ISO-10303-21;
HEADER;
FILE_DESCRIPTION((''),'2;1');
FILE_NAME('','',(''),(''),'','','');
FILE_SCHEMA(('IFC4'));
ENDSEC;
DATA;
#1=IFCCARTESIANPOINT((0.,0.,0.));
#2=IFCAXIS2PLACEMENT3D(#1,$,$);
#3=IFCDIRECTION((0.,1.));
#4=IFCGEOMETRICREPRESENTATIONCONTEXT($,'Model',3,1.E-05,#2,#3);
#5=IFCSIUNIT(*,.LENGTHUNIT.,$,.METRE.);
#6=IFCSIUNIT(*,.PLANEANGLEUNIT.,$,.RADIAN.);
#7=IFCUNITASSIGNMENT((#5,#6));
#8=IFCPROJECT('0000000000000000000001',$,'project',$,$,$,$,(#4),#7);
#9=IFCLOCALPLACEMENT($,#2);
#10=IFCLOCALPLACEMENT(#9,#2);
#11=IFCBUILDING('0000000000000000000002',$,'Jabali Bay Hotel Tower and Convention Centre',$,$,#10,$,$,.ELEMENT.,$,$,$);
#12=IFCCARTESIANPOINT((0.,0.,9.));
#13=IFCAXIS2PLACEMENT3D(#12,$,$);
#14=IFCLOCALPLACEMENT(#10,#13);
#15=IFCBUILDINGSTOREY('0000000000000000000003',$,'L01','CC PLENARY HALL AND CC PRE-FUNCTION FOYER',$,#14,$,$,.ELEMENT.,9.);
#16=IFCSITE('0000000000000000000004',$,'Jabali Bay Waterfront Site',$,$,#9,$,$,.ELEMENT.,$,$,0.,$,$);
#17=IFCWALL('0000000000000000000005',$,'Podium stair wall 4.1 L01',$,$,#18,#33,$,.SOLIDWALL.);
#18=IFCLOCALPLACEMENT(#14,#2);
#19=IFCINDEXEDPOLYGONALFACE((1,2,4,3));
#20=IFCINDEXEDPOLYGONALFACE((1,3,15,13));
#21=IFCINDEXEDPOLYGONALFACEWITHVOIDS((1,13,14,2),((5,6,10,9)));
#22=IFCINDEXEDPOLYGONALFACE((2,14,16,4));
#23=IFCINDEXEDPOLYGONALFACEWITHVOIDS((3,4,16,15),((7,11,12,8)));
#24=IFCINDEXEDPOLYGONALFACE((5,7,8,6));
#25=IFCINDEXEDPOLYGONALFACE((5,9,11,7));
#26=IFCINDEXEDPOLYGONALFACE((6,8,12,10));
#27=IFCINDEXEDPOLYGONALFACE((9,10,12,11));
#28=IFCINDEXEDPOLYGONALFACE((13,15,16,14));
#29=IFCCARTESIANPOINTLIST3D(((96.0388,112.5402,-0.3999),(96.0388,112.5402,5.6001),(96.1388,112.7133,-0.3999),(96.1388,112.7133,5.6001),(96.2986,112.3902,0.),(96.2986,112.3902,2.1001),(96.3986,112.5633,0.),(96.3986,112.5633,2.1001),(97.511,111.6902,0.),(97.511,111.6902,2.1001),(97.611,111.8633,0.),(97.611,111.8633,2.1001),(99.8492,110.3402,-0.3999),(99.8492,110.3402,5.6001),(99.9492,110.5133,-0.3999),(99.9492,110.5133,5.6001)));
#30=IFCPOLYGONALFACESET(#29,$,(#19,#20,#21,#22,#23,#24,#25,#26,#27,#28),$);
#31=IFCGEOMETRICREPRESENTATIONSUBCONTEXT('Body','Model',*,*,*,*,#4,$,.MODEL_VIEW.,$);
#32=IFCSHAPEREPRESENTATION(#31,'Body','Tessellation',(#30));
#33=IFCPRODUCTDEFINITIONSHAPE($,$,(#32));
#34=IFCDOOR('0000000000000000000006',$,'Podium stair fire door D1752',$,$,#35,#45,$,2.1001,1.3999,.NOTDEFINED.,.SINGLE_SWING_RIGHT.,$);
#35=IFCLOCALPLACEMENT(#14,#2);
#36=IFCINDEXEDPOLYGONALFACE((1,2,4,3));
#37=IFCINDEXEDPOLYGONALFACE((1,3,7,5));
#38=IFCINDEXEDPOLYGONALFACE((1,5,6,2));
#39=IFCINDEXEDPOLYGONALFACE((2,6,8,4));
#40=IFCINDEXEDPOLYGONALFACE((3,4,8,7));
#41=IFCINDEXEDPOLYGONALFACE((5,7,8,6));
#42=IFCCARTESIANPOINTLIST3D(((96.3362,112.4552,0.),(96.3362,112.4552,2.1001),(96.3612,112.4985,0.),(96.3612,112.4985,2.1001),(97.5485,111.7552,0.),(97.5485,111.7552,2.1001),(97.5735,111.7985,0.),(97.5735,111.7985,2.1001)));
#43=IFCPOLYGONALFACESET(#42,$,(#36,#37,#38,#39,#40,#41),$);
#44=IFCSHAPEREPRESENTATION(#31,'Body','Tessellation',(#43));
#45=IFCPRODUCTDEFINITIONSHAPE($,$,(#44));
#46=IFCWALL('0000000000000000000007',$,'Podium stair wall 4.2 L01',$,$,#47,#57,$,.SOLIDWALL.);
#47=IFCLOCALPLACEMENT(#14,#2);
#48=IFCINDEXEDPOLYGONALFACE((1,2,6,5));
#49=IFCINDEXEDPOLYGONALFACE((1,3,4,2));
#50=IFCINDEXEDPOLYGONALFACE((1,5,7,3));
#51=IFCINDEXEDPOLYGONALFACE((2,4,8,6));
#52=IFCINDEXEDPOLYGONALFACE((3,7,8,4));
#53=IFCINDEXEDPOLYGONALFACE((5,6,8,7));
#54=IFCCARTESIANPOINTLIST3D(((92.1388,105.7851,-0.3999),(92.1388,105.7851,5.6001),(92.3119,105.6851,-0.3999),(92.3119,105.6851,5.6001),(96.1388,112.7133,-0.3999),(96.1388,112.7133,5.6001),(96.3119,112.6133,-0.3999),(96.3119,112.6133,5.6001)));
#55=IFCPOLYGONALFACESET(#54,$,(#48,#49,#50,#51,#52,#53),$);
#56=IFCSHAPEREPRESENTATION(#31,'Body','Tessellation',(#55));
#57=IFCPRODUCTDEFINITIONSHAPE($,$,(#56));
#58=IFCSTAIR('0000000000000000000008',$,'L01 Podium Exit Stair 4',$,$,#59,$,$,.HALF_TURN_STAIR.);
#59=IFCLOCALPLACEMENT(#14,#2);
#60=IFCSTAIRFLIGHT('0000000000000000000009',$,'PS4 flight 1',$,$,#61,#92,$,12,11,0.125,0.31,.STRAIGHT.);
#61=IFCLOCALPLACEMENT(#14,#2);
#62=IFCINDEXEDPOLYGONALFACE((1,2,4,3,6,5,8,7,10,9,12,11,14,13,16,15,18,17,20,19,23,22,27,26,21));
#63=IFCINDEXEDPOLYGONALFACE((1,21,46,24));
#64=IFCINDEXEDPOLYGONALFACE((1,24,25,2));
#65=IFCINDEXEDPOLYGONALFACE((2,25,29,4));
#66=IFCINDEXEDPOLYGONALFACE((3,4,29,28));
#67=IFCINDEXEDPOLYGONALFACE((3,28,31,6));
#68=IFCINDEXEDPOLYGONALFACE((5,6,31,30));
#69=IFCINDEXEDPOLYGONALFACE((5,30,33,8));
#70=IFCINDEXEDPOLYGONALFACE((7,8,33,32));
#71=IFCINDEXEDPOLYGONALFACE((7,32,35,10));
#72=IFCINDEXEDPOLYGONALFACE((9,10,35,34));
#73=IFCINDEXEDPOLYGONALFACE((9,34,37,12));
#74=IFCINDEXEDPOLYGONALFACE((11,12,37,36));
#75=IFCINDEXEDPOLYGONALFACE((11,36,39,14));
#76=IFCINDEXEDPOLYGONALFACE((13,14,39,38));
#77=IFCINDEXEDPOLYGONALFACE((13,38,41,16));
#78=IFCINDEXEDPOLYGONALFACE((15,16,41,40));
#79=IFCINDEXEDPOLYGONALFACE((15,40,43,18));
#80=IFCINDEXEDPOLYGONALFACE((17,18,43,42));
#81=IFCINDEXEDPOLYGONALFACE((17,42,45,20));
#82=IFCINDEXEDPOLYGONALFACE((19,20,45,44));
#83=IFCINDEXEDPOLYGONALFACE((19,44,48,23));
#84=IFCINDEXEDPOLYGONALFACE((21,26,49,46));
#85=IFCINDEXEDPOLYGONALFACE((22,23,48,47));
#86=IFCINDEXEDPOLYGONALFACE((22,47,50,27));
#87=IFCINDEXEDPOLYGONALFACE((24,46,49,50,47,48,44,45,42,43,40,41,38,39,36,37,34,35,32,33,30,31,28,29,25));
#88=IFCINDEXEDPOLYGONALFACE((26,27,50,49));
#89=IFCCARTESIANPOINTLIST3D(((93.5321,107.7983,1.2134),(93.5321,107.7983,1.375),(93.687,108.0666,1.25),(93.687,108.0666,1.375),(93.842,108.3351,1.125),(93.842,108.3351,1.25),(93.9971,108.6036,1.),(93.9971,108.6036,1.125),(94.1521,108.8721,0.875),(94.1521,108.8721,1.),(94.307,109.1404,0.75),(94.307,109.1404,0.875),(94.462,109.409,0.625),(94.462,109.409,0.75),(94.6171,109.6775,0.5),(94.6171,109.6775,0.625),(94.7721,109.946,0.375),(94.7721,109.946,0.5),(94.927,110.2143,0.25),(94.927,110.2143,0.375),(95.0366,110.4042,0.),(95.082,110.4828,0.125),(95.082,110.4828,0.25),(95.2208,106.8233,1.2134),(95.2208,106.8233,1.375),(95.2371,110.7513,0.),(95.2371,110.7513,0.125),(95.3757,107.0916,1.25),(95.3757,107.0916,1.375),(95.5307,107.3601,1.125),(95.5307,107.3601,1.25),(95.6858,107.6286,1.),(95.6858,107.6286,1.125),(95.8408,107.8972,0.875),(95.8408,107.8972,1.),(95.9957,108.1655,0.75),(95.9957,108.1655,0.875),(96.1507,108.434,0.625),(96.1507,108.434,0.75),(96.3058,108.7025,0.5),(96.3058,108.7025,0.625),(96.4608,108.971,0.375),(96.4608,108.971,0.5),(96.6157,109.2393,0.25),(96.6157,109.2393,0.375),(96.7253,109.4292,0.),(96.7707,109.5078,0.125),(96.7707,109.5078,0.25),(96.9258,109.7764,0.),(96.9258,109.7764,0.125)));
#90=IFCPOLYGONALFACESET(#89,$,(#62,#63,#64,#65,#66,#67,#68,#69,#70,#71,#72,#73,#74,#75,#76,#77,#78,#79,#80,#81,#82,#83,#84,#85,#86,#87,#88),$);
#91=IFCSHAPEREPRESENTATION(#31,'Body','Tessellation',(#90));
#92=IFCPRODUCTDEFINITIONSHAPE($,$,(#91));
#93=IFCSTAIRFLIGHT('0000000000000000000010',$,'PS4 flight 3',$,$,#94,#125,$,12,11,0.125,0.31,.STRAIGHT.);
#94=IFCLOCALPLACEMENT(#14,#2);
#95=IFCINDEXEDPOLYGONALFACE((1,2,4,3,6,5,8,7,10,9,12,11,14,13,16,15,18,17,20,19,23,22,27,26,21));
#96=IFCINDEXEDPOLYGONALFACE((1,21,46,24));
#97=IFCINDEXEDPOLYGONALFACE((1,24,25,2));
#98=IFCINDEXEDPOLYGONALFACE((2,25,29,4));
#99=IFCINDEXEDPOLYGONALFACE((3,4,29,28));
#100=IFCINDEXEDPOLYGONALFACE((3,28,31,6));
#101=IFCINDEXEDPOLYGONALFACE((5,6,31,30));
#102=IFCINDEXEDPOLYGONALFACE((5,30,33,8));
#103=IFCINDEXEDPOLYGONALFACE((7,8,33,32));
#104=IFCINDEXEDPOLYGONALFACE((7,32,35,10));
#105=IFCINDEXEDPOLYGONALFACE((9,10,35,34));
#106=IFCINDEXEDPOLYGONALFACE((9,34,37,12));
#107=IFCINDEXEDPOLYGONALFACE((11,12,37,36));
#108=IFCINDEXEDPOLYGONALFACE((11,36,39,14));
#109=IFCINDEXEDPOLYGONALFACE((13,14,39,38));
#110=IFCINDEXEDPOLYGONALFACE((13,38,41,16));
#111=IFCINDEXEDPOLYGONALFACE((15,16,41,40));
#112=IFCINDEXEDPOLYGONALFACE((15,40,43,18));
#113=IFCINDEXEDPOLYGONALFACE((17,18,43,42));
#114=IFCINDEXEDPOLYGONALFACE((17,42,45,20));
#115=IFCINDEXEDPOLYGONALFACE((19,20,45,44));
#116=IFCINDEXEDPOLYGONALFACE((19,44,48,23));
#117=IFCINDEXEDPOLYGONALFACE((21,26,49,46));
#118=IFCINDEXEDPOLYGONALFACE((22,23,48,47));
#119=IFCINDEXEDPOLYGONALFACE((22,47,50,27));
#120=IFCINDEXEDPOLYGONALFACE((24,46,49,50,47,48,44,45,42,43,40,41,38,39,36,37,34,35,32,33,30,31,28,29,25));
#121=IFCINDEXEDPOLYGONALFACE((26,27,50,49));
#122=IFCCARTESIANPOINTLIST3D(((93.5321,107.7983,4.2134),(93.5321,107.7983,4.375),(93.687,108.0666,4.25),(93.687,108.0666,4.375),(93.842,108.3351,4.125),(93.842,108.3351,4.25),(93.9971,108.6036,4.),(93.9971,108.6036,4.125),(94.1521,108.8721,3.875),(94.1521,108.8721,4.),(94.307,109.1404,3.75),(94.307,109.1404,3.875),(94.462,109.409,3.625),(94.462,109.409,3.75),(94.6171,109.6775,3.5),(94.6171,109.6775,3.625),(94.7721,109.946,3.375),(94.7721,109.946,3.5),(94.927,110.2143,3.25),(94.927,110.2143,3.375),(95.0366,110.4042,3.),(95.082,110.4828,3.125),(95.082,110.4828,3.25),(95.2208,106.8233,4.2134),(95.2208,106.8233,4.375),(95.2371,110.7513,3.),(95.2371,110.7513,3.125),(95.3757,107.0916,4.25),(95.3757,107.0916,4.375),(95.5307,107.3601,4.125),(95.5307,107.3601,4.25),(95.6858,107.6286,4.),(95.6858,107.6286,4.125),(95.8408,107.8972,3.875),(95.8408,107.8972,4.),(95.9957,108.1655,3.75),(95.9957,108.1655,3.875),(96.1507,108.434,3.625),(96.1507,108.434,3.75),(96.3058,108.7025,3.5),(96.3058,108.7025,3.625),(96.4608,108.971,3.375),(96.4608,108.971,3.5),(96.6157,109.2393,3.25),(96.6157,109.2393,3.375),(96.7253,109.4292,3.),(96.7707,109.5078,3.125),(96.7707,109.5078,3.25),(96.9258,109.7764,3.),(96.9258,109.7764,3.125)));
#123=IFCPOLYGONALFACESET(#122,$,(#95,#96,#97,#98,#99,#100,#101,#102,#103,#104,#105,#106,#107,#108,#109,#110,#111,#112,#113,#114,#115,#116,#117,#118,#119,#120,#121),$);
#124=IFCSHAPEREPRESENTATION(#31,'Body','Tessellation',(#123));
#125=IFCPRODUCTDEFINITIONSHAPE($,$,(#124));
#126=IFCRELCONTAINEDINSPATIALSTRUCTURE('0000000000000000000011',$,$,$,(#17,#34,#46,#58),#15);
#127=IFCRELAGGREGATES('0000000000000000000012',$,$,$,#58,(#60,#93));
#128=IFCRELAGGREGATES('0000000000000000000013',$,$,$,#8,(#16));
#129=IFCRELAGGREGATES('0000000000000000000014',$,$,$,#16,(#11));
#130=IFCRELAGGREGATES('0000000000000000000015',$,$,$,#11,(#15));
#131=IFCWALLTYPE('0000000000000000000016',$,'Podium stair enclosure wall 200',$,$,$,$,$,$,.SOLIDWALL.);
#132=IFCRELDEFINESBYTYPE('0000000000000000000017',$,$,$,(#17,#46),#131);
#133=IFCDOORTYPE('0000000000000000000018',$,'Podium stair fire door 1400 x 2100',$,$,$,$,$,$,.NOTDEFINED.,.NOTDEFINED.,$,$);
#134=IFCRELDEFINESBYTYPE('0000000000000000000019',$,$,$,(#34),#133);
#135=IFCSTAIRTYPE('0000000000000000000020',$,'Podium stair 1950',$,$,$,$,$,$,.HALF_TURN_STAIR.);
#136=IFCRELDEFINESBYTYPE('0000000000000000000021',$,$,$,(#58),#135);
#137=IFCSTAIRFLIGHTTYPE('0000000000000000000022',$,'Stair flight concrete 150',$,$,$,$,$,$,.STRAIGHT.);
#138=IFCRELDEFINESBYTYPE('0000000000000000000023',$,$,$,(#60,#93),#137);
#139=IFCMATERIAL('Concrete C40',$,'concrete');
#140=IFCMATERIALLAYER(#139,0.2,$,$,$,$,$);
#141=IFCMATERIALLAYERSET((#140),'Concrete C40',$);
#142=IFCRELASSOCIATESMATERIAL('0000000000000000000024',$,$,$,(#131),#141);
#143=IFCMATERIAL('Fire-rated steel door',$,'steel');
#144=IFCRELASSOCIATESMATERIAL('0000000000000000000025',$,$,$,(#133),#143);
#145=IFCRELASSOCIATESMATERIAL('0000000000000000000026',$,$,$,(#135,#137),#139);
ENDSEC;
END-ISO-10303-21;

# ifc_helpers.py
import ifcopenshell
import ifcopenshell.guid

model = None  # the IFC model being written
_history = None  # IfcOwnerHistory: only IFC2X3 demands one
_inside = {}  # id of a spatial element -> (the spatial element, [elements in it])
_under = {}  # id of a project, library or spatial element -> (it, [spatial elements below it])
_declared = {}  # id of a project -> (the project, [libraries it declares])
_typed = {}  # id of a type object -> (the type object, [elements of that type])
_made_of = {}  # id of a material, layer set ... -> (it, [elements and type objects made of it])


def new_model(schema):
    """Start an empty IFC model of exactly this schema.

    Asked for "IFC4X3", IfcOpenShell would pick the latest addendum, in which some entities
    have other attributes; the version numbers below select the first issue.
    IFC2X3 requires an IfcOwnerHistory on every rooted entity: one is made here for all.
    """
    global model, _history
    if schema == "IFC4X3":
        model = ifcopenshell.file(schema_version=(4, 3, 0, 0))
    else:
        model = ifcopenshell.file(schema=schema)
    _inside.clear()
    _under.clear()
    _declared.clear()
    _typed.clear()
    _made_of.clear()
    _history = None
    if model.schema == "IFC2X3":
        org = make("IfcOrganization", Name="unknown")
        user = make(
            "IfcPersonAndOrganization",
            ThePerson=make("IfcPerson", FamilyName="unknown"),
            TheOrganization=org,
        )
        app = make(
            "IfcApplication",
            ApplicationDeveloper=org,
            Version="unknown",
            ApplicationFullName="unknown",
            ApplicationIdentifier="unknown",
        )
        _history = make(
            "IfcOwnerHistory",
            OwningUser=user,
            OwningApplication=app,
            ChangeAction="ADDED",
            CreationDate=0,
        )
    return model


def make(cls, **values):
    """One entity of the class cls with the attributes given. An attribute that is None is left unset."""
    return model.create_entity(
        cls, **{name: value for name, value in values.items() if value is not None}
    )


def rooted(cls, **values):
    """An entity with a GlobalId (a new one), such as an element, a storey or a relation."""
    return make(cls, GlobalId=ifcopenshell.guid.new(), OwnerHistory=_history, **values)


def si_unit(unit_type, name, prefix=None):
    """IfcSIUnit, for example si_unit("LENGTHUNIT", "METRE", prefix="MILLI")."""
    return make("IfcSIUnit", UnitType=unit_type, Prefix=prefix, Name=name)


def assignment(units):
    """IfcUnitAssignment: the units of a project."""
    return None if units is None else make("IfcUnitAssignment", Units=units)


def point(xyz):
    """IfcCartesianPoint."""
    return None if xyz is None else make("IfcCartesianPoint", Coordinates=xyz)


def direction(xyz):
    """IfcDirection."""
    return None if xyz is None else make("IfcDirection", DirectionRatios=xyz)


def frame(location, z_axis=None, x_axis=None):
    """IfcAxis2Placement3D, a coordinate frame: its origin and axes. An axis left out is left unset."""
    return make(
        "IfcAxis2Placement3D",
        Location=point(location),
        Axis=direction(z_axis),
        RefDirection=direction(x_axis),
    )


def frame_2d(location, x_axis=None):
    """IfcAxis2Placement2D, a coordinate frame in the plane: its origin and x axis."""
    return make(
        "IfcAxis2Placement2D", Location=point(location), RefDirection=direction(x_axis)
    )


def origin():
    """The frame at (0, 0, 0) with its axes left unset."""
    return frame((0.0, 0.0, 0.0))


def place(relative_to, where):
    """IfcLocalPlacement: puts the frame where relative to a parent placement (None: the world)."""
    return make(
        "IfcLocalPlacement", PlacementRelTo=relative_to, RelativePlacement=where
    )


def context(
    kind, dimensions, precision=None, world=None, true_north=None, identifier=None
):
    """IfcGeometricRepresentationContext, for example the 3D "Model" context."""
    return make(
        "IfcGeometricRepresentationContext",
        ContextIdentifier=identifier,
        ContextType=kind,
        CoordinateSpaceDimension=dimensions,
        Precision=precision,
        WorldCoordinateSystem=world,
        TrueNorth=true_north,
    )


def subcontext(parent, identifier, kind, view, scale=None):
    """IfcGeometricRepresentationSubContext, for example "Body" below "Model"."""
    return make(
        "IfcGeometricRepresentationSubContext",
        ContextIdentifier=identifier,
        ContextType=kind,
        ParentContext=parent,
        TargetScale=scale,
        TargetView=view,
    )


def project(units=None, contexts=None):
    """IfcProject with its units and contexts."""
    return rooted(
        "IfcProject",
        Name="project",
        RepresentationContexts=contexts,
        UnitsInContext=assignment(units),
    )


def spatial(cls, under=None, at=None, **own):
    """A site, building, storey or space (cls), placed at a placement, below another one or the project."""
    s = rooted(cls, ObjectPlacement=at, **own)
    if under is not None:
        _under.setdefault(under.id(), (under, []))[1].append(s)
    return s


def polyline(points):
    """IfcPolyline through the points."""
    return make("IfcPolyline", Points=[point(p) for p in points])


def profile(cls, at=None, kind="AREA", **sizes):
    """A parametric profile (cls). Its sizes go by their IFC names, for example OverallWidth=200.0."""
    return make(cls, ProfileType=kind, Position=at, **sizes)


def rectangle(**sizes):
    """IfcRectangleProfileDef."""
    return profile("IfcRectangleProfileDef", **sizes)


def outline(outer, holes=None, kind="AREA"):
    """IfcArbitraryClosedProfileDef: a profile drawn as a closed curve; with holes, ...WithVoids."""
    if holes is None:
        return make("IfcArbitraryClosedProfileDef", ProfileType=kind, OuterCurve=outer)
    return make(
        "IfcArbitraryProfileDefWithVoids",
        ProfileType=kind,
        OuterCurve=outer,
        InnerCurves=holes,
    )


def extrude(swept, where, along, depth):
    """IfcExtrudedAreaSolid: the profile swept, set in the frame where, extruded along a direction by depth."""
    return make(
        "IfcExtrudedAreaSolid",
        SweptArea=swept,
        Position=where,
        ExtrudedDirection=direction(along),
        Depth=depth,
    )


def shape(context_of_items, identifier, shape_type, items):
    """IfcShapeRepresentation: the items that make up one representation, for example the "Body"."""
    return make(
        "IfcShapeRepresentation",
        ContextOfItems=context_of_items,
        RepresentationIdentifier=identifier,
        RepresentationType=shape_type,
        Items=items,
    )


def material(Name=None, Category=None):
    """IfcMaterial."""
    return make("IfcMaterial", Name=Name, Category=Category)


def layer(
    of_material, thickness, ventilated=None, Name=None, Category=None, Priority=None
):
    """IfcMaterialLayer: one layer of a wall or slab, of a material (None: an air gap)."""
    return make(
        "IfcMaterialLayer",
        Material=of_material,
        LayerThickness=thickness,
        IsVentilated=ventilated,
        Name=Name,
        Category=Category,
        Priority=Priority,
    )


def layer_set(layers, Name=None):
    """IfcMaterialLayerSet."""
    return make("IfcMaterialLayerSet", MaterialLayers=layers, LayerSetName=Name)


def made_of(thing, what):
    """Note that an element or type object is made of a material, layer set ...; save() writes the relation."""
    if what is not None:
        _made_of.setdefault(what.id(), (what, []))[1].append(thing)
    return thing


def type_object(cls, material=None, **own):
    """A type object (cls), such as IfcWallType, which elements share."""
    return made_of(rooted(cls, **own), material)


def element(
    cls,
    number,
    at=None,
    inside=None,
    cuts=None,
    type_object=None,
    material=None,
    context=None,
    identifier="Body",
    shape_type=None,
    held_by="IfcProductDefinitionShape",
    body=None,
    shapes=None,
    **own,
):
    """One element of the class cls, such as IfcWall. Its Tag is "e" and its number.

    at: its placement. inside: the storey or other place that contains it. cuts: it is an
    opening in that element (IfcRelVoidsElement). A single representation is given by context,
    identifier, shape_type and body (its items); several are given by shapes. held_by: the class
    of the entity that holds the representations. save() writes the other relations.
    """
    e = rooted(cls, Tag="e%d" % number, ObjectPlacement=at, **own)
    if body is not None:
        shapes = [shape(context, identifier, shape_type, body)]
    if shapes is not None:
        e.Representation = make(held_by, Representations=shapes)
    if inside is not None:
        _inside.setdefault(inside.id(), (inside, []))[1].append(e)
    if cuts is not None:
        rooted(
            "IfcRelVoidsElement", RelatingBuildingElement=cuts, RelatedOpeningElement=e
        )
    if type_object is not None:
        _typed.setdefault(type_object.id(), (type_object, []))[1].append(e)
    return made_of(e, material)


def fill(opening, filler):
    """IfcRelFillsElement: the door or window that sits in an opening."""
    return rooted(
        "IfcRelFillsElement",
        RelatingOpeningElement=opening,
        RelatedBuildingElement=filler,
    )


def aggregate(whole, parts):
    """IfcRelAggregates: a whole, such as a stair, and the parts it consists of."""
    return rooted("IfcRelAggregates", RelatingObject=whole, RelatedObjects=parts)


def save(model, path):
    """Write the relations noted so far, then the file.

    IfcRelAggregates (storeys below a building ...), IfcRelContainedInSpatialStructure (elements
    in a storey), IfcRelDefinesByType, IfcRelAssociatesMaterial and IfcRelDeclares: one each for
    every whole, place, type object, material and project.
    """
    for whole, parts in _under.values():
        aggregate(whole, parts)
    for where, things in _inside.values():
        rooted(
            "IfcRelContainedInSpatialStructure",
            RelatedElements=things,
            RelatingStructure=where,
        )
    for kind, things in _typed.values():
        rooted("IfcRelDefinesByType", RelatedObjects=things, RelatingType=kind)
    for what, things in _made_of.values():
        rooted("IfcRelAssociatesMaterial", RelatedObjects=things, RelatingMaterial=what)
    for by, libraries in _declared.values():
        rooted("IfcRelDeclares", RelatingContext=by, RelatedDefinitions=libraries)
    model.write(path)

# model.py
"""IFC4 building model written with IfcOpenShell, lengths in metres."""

from ifc_helpers import new_model, si_unit, direction, frame, frame_2d, origin, place, context, subcontext, project, spatial, polyline, rectangle, outline, extrude, material, layer, layer_set, type_object, element, fill, aggregate, save


model = new_model("IFC4")

# Units and contexts
model_context = context("Model", 3, precision=1e-05, world=origin(), true_north=direction((0.0, 1.0)))
body_context = subcontext(model_context, "Body", "Model", "MODEL_VIEW")
ifc_project = project(units=[si_unit("LENGTHUNIT", "METRE"), si_unit("PLANEANGLEUNIT", "RADIAN")], contexts=[model_context])

# Site, building, storey
site_placement = place(None, origin())
site = spatial("IfcSite", under=ifc_project, at=site_placement, Name="Jabali Bay Waterfront Site", CompositionType="ELEMENT", RefElevation=0.0)
building_placement = place(site_placement, origin())
building = spatial("IfcBuilding", under=site, at=building_placement, Name="Jabali Bay Hotel Tower and Convention Centre", CompositionType="ELEMENT")
storey_placement = place(building_placement, frame((0.0, 0.0, 9.0)))
storey = spatial("IfcBuildingStorey", under=building, at=storey_placement, Name="L01", Description="CC PLENARY HALL AND CC PRE-FUNCTION FOYER", CompositionType="ELEMENT", Elevation=9.0)

# Wall, opening, door
ifc_material_1 = material(Name="Concrete C40", Category="concrete")
ifc_layer_1 = layer(ifc_material_1, 0.2)
ifc_layer_set_1 = layer_set([ifc_layer_1], Name="Concrete C40")
wall_type = type_object("IfcWallType", Name="Podium stair enclosure wall 200", PredefinedType="SOLIDWALL", material=ifc_layer_set_1)
ifc_material_2 = material(Name="Fire-rated steel door", Category="steel")
door_type = type_object("IfcDoorType", Name="Podium stair fire door 1400 x 2100", OperationType="NOTDEFINED", PredefinedType="NOTDEFINED", material=ifc_material_2)
wall_1_placement = place(storey_placement, frame((99.8992, 110.4268, -0.3999), z_axis=(0.0, 0.0, 1.0), x_axis=(-0.866018, 0.500012, 0.0)))
wall_1 = element("IfcWall", 1, at=wall_1_placement, inside=storey, type_object=wall_type, Name="Podium stair wall 4.1 L01", PredefinedType="SOLIDWALL", context=body_context, shape_type="SweptSolid", body=[
    extrude(rectangle(XDim=4.3999, YDim=0.2, at=frame_2d((2.2, 0.0))), origin(), (0.0, 0.0, 1.0), 6.0),
])
opening_1_placement = place(wall_1_placement, frame((2.7, 0.0, 0.3999)))
opening_1 = element("IfcOpeningElement", 2, at=opening_1_placement, cuts=wall_1, PredefinedType="OPENING", context=body_context, shape_type="SweptSolid", body=[
    extrude(rectangle(XDim=1.3999, YDim=2.1001, at=frame_2d((0.7, 1.05))), frame((0.0, 0.1104, 0.0), z_axis=(0.0, -1.0, 0.0), x_axis=(1.0, 0.0, 0.0)), (0.0, 0.0, 1.0), 0.2209),
])
door_1_placement = place(opening_1_placement, origin())
door_1 = element("IfcDoor", 3, at=door_1_placement, inside=storey, type_object=door_type, Name="Podium stair fire door D1752", OperationType="SINGLE_SWING_RIGHT", OverallHeight=2.1001, OverallWidth=1.3999, PredefinedType="NOTDEFINED", context=body_context, shape_type="SweptSolid", body=[
    extrude(rectangle(XDim=1.3999, YDim=2.1001, at=frame_2d((0.7, 1.05))), frame((0.0, 0.0249, 0.0), z_axis=(0.0, -1.0, 0.0), x_axis=(1.0, 0.0, 0.0)), (0.0, 0.0, 1.0), 0.05),
])
fill(opening_1, door_1)

# Wall
wall_2_placement = place(storey_placement, frame((96.2253, 112.6633, -0.3999), z_axis=(0.0, 0.0, 1.0), x_axis=(-0.499999, -0.866026, 0.0)))
element("IfcWall", 4, at=wall_2_placement, inside=storey, type_object=wall_type, Name="Podium stair wall 4.2 L01", PredefinedType="SOLIDWALL", context=body_context, shape_type="SweptSolid", body=[
    extrude(rectangle(XDim=8.0, YDim=0.2, at=frame_2d((4.0, 0.0))), origin(), (0.0, 0.0, 1.0), 6.0),
])

# Stair, stair flights
stair_type = type_object("IfcStairType", Name="Podium stair 1950", PredefinedType="HALF_TURN_STAIR", material=ifc_material_1)
stair_placement = place(storey_placement, origin())
stair = element("IfcStair", 5, at=stair_placement, inside=storey, type_object=stair_type, Name="L01 Podium Exit Stair 4", PredefinedType="HALF_TURN_STAIR")
stair_flight_type = type_object("IfcStairFlightType", Name="Stair flight concrete 150", PredefinedType="STRAIGHT", material=ifc_material_1)
stair_flight_1_placement = place(storey_placement, frame((96.0813, 110.2639, 0.0), z_axis=(0.0, 0.0, 1.0), x_axis=(-0.5, -0.866025, 0.0)))
stair_flight_1 = element("IfcStairFlight", 6, at=stair_flight_1_placement, type_object=stair_flight_type, Name="PS4 flight 1", NumberOfRisers=12, NumberOfTreads=11, PredefinedType="STRAIGHT", RiserHeight=0.125, TreadLength=0.31, context=body_context, shape_type="SweptSolid", body=[
    extrude(outline(polyline([(0.0, 0.0), (0.0, 0.125), (0.3101, 0.125), (0.3101, 0.25), (0.6201, 0.25), (0.6201, 0.375), (0.9299, 0.375), (0.9299, 0.5), (1.24, 0.5), (1.24, 0.625), (1.55, 0.625), (1.55, 0.75), (1.8601, 0.75), (1.8601, 0.875), (2.1699, 0.875), (2.1699, 1.0), (2.48, 1.0), (2.48, 1.125), (2.79, 1.125), (2.79, 1.25), (3.1001, 1.25), (3.1001, 1.375), (3.4099, 1.375), (3.4099, 1.5), (3.4099, 1.2134), (0.4009, 0.0), (0.0, 0.0)])), frame((0.0, 0.9751, 0.0), z_axis=(0.0, -1.0, 0.0), x_axis=(1.0, 0.0, 0.0)), (0.0, 0.0, 1.0), 1.95),
])
stair_flight_2_placement = place(storey_placement, frame((96.0813, 110.2639, 3.0), z_axis=(0.0, 0.0, 1.0), x_axis=(-0.5, -0.866025, 0.0)))
stair_flight_2 = element("IfcStairFlight", 7, at=stair_flight_2_placement, type_object=stair_flight_type, Name="PS4 flight 3", NumberOfRisers=12, NumberOfTreads=11, PredefinedType="STRAIGHT", RiserHeight=0.125, TreadLength=0.31, context=body_context, shape_type="SweptSolid", body=[
    extrude(outline(polyline([(0.0, 0.0), (0.0, 0.125), (0.3101, 0.125), (0.3101, 0.25), (0.6201, 0.25), (0.6201, 0.375), (0.9299, 0.375), (0.9299, 0.5), (1.24, 0.5), (1.24, 0.625), (1.55, 0.625), (1.55, 0.75), (1.8601, 0.75), (1.8601, 0.875), (2.1699, 0.875), (2.1699, 1.0), (2.48, 1.0), (2.48, 1.125), (2.79, 1.125), (2.79, 1.25), (3.1001, 1.25), (3.1001, 1.375), (3.4099, 1.375), (3.4099, 1.5), (3.4099, 1.2134), (0.4009, 0.0), (0.0, 0.0)])), frame((0.0, 0.9751, 0.0), z_axis=(0.0, -1.0, 0.0), x_axis=(1.0, 0.0, 0.0)), (0.0, 0.0, 1.0), 1.95),
])
aggregate(stair, [stair_flight_1, stair_flight_2])

save(model, "model.ifc")
